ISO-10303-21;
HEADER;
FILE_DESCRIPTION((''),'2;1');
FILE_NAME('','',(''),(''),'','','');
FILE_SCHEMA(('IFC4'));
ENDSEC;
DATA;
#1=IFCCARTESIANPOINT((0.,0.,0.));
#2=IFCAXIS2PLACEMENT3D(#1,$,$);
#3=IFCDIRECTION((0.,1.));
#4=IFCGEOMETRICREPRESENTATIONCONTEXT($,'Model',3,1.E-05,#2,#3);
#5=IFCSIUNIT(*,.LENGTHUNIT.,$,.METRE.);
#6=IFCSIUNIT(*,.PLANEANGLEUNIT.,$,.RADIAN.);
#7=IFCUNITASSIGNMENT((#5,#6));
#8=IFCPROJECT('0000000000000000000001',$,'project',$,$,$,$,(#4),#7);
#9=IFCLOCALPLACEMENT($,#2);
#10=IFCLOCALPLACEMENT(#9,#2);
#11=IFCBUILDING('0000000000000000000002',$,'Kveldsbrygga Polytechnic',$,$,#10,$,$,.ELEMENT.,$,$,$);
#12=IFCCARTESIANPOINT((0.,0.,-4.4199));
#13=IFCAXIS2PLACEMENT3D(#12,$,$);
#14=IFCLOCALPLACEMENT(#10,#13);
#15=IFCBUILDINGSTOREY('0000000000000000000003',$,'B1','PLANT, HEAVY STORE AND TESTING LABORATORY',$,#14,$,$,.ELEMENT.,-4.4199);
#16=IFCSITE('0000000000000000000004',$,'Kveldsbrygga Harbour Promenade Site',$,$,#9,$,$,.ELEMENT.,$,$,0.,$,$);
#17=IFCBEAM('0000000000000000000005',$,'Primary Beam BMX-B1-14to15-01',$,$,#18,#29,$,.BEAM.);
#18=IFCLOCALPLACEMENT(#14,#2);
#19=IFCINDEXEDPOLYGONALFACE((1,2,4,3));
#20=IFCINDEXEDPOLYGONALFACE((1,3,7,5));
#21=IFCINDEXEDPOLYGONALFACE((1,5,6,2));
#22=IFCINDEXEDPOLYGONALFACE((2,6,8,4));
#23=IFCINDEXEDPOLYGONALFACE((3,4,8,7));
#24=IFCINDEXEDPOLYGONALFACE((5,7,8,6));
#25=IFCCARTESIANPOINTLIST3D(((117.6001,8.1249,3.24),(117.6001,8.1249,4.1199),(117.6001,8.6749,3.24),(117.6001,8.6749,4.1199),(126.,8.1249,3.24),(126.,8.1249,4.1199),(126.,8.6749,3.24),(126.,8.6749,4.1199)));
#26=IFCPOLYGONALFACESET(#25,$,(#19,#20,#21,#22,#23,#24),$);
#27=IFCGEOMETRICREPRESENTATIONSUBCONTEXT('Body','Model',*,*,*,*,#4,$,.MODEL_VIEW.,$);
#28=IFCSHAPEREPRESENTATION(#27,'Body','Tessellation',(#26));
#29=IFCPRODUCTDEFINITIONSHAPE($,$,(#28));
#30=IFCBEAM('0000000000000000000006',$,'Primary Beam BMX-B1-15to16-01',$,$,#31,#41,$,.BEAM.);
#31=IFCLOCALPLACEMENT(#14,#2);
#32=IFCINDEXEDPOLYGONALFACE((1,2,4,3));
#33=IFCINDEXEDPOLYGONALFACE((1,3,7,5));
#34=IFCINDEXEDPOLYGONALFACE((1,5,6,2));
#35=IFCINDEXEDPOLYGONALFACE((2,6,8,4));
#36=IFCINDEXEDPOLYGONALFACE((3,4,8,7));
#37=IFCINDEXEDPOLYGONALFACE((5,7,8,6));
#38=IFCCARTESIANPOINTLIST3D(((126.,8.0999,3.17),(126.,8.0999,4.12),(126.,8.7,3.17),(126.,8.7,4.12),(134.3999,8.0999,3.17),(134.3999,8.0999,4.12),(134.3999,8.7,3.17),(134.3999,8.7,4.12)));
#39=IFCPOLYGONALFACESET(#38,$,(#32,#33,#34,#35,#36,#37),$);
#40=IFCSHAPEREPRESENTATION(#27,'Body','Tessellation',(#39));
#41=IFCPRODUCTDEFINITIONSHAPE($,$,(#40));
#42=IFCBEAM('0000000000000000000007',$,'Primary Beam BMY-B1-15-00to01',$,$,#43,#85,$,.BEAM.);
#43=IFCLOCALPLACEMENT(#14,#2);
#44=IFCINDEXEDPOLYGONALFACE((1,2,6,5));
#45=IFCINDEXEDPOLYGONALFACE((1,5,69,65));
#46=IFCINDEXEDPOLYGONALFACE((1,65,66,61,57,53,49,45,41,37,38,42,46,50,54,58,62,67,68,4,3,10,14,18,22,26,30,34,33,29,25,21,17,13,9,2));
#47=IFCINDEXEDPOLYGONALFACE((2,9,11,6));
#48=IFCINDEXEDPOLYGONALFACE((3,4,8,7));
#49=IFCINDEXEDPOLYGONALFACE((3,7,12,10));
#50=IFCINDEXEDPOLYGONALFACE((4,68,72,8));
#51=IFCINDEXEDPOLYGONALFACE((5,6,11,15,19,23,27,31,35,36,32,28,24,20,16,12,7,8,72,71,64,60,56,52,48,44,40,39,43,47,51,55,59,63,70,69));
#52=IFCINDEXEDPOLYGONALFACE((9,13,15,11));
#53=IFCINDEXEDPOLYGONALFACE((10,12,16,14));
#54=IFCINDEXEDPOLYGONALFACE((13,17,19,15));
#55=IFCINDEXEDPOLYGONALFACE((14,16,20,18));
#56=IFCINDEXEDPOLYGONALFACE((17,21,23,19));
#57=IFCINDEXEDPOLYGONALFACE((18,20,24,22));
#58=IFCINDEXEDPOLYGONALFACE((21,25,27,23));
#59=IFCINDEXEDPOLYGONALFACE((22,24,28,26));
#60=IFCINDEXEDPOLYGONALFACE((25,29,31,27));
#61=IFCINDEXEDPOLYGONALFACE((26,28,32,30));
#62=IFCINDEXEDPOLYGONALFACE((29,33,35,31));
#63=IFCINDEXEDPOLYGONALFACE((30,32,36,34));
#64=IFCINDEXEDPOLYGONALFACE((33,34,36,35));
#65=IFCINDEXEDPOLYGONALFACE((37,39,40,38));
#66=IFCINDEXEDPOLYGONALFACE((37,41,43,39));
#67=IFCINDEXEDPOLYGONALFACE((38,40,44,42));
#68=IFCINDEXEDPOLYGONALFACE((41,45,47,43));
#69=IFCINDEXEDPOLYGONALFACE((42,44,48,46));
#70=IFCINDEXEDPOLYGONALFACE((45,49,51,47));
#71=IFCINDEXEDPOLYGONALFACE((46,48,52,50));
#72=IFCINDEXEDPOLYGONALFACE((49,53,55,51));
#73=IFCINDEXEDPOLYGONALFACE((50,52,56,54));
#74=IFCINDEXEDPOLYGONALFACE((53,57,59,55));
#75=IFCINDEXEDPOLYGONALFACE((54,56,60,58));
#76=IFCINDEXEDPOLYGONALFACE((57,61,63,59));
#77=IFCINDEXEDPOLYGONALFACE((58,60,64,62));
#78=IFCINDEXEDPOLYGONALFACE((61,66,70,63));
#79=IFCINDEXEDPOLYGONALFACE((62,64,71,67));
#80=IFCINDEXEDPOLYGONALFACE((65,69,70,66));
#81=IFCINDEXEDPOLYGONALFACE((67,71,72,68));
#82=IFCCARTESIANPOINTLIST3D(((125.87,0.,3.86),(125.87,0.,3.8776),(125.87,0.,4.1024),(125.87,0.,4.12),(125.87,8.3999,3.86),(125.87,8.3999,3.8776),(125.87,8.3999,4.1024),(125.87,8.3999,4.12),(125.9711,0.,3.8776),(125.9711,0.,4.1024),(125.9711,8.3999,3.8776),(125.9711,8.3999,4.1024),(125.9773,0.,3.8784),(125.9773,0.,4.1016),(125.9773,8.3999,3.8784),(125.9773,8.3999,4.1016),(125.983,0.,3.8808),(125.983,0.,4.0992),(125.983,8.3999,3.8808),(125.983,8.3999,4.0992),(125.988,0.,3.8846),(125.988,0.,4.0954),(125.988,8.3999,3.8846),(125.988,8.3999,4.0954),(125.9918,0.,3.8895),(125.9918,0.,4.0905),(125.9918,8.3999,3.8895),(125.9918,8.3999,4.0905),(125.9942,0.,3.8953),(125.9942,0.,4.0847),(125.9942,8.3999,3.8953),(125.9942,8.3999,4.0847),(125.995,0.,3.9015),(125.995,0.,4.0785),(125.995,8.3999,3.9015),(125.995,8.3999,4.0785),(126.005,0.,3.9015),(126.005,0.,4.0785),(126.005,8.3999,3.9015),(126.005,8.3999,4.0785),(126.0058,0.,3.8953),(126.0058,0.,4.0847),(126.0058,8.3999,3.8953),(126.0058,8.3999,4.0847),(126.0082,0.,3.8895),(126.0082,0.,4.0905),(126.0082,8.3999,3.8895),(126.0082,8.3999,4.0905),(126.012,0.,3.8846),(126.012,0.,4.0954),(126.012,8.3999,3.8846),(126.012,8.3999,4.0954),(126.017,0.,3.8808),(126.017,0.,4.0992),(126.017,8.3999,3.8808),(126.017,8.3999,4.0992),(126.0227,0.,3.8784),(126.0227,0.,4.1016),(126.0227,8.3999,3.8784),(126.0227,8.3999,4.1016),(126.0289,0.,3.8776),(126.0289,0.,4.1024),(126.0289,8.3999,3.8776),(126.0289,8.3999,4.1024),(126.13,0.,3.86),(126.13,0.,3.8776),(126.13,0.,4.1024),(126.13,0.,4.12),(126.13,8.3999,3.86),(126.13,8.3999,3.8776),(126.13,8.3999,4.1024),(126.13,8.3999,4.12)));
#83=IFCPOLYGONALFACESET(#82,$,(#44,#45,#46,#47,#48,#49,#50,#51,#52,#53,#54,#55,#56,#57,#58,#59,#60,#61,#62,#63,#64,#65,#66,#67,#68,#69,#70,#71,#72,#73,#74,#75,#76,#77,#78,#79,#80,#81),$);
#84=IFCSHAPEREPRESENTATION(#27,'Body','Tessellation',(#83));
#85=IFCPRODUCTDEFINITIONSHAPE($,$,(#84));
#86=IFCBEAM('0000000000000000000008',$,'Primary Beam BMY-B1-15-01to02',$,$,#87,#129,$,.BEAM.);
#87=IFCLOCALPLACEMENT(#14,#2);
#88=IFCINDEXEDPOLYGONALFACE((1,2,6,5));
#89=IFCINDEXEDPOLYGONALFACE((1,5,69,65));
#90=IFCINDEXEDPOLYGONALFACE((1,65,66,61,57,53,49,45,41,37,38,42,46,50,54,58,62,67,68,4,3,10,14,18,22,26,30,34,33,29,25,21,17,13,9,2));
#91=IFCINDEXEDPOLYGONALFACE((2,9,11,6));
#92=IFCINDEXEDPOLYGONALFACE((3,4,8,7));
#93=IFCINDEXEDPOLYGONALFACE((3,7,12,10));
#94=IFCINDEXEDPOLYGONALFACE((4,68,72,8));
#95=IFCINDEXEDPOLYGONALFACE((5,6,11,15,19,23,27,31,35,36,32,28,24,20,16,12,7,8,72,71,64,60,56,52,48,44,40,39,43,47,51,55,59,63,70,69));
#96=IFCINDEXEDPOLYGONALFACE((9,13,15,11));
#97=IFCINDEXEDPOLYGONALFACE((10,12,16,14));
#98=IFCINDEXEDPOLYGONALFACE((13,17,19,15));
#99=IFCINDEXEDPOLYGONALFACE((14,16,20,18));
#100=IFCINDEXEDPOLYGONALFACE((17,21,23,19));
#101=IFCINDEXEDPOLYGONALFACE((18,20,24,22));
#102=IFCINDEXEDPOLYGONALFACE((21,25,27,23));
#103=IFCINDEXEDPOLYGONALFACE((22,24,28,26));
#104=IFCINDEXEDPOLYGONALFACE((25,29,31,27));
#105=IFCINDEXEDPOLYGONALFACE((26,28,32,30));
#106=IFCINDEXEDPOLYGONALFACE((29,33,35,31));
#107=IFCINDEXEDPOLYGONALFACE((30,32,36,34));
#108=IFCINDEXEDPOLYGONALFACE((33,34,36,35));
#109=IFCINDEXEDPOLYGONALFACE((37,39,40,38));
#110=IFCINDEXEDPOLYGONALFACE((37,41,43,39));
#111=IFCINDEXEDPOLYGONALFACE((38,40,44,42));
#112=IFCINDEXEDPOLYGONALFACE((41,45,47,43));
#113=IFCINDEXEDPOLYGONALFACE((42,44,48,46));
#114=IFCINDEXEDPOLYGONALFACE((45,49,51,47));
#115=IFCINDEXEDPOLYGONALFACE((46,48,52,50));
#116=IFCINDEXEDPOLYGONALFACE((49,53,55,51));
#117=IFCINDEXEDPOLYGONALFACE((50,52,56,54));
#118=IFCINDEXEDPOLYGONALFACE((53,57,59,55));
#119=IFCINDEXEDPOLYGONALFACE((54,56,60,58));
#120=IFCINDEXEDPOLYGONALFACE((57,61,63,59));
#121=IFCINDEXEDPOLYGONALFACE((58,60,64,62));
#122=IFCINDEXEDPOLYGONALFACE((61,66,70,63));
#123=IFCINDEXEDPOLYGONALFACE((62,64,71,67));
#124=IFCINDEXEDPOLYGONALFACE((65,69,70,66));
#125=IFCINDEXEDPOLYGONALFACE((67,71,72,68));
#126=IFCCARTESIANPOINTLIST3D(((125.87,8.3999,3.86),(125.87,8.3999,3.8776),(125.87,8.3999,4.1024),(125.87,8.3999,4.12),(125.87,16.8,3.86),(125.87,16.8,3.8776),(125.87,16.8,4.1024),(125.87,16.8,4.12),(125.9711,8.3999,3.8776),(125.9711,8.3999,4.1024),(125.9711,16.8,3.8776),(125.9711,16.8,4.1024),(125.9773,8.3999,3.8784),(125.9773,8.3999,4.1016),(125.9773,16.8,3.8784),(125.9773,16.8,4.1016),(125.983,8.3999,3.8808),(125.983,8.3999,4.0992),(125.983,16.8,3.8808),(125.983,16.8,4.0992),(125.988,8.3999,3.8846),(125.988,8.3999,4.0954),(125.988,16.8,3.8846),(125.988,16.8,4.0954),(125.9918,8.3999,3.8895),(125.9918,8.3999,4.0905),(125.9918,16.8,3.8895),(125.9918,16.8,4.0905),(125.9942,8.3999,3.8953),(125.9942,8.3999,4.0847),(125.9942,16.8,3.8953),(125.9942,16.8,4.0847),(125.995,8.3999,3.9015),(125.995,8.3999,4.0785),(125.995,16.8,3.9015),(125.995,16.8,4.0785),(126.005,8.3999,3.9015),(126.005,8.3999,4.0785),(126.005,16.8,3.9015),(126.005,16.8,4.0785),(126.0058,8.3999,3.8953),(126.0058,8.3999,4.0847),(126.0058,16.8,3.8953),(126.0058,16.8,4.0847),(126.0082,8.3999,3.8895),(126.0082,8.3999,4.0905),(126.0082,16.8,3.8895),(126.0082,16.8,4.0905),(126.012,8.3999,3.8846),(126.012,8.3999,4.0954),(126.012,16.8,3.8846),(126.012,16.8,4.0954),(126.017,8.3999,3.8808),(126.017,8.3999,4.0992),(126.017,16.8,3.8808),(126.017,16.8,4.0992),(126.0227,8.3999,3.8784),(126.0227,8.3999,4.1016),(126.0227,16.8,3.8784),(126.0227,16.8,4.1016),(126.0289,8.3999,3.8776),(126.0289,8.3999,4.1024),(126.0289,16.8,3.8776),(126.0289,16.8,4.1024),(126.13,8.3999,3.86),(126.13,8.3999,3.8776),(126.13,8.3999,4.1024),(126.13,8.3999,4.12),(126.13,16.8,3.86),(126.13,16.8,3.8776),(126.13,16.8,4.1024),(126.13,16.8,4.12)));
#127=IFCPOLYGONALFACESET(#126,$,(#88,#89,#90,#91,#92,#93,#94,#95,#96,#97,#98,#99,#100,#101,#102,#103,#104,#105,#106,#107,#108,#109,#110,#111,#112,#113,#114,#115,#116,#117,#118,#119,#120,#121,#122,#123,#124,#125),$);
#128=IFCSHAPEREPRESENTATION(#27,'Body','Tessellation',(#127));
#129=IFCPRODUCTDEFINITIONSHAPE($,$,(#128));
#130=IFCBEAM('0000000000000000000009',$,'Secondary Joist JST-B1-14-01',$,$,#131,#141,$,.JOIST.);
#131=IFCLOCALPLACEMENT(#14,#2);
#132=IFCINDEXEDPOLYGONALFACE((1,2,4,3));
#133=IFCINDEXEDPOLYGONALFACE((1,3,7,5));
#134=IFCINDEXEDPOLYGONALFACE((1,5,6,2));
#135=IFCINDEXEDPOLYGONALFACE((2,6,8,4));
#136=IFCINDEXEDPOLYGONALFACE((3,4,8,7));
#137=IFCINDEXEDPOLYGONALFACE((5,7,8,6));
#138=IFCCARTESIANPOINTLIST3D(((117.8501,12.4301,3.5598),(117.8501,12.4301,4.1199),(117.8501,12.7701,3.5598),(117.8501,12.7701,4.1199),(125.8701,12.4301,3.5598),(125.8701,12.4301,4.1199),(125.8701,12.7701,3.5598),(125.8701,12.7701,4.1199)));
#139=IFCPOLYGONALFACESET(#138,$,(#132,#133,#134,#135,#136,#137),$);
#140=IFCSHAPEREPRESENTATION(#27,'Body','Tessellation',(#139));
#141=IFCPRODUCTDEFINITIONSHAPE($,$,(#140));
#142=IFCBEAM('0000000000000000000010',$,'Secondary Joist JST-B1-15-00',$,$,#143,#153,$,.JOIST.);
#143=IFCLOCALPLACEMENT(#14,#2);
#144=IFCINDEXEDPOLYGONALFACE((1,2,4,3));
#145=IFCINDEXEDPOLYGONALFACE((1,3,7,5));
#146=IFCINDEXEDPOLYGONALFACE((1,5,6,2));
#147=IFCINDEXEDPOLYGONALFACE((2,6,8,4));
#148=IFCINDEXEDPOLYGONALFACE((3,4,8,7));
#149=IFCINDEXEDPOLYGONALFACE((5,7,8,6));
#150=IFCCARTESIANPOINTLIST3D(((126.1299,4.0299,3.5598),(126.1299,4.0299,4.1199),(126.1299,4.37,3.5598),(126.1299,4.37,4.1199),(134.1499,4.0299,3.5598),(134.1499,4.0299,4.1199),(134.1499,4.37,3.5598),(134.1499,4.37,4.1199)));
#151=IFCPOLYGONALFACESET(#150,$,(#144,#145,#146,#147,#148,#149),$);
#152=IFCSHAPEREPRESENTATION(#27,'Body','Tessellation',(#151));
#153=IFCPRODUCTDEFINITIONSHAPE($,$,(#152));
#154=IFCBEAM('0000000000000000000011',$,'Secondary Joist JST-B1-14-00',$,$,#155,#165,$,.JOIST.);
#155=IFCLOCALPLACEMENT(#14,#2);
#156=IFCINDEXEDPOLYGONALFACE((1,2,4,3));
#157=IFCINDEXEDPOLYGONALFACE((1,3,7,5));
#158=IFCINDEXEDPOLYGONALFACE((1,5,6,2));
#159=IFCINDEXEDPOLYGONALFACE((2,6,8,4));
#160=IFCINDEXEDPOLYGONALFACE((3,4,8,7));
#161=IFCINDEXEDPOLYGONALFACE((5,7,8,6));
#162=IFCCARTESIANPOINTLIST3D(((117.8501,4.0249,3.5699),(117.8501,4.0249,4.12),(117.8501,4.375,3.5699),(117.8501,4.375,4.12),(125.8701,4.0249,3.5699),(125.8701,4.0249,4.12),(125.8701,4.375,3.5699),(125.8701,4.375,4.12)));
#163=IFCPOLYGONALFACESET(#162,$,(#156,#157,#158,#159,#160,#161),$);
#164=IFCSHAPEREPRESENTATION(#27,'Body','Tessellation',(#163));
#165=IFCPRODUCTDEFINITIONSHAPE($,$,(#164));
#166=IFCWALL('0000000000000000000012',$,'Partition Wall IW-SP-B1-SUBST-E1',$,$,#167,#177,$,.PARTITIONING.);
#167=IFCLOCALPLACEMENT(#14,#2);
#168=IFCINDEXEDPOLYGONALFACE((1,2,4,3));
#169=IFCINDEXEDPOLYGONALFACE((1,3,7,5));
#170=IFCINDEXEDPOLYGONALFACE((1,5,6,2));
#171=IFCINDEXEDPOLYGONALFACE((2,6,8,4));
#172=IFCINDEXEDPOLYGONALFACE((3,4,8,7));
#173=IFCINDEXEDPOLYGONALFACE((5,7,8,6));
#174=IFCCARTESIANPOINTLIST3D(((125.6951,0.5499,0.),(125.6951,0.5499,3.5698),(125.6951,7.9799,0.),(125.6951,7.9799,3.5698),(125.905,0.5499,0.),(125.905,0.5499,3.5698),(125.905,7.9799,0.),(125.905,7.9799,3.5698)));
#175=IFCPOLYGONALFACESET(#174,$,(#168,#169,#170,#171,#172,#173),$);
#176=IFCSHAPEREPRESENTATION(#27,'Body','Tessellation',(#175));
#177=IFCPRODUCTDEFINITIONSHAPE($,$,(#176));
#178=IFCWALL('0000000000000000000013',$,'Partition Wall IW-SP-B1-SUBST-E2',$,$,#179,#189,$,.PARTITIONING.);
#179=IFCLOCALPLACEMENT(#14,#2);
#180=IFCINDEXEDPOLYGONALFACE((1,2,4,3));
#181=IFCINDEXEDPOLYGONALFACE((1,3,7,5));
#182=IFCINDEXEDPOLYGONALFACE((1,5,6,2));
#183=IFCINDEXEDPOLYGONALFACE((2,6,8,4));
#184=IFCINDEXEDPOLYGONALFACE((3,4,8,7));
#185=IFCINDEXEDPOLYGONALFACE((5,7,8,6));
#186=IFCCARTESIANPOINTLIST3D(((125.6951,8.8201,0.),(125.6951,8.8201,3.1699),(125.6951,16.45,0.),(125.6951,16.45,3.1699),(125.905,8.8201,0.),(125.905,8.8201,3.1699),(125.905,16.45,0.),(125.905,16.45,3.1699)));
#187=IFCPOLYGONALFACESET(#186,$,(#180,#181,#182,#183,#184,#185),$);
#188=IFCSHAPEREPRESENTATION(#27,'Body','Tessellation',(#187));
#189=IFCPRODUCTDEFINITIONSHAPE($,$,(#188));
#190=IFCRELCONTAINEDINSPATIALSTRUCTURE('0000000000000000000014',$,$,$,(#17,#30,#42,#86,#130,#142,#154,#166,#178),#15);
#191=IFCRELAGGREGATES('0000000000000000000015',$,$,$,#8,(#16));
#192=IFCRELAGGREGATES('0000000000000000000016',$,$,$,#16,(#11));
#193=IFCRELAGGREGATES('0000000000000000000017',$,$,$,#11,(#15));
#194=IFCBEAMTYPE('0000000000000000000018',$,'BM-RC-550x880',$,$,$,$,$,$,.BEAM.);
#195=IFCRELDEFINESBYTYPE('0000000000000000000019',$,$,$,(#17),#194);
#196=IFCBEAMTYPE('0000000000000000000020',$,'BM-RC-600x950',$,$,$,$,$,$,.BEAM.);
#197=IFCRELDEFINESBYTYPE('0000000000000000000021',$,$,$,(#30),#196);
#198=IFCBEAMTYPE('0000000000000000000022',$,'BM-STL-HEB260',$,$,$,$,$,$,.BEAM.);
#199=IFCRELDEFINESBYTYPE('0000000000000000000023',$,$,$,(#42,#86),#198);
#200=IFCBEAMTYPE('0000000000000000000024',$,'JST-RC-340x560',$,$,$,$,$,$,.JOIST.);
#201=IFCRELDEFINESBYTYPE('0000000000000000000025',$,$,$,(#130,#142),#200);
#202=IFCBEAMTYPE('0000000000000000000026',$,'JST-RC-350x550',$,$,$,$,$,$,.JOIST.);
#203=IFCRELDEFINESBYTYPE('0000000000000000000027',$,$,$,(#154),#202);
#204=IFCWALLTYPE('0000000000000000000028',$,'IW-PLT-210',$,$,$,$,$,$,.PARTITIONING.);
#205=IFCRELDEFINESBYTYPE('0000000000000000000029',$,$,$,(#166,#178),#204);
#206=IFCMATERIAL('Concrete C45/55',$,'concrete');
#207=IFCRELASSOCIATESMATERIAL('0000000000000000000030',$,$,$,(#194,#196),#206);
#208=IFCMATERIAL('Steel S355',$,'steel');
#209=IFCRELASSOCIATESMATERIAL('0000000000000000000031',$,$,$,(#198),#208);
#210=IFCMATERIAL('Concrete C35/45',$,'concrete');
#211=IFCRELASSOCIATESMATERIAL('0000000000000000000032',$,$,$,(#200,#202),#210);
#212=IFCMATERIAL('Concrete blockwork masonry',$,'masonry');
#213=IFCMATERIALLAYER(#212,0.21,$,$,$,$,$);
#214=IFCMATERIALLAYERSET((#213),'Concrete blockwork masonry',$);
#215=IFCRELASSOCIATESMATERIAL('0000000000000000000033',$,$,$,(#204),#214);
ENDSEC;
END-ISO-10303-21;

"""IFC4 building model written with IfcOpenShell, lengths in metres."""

from ifc_helpers import new_model, si_unit, direction, frame, frame_2d, origin, origin_2d, place, context, subcontext, project, spatial, rectangle, i_section, extrude, material, layer, layer_set, material_profile, profile_set, type_object, element, save


model = new_model("IFC4")

# Units and contexts
model_context = context("Model", 3, precision=1e-05, world=origin(), true_north=direction((0.0, 1.0)))
body_context = subcontext(model_context, "Body", "Model", "MODEL_VIEW")
ifc_project = project(units=[si_unit("LENGTHUNIT", "METRE"), si_unit("PLANEANGLEUNIT", "RADIAN")], contexts=[model_context])

# Site, building, storey
site_placement = place(None, origin())
site = spatial("IfcSite", under=ifc_project, at=site_placement, Name="Kveldsbrygga Harbour Promenade Site", CompositionType="ELEMENT", RefElevation=0.0)
building_placement = place(site_placement, origin())
building = spatial("IfcBuilding", under=site, at=building_placement, Name="Kveldsbrygga Polytechnic", CompositionType="ELEMENT")
storey_placement = place(building_placement, frame((0.0, 0.0, -4.4199)))
storey = spatial("IfcBuildingStorey", under=building, at=storey_placement, Name="B1", Description="PLANT, HEAVY STORE AND TESTING LABORATORY", CompositionType="ELEMENT", Elevation=-4.4199)

# Shared definitions
ifc_material_1 = material(Name="Concrete C45/55", Category="concrete")

# Beams
ifc_material_2 = material(Name="Concrete C35/45", Category="concrete")
ifc_material_profile_1 = material_profile(ifc_material_1, rectangle(XDim=0.55, YDim=0.8799, at=origin_2d()), Name="RC 550x880")
ifc_profile_set_1 = profile_set([ifc_material_profile_1], Name="Concrete C45/55")
beam_type_1 = type_object("IfcBeamType", Name="BM-RC-550x880", PredefinedType="BEAM", material=ifc_profile_set_1)
beam_1_placement = place(storey_placement, frame((117.6001, 8.3999, 3.6799), z_axis=(1.0, 0.0, 0.0), x_axis=(0.0, 1.0, 0.0)))
element("IfcBeam", 1, at=beam_1_placement, inside=storey, type_object=beam_type_1, Name="Primary Beam BMX-B1-14to15-01", PredefinedType="BEAM", context=body_context, shape_type="SweptSolid", body=[
    extrude(rectangle(XDim=0.55, YDim=0.8799, at=origin_2d()), origin(), (0.0, 0.0, 1.0), 8.3999),
])
ifc_material_profile_2 = material_profile(ifc_material_1, rectangle(XDim=0.6001, YDim=0.95, at=origin_2d()), Name="RC 600x950")
ifc_profile_set_2 = profile_set([ifc_material_profile_2], Name="Concrete C45/55")
beam_type_2 = type_object("IfcBeamType", Name="BM-RC-600x950", PredefinedType="BEAM", material=ifc_profile_set_2)
beam_2_placement = place(storey_placement, frame((126.0, 8.3999, 3.645), z_axis=(1.0, 0.0, 0.0), x_axis=(0.0, 1.0, 0.0)))
element("IfcBeam", 2, at=beam_2_placement, inside=storey, type_object=beam_type_2, Name="Primary Beam BMX-B1-15to16-01", PredefinedType="BEAM", context=body_context, shape_type="SweptSolid", body=[
    extrude(rectangle(XDim=0.6001, YDim=0.95, at=origin_2d()), origin(), (0.0, 0.0, 1.0), 8.3999),
])
ifc_material_3 = material(Name="Steel S355", Category="steel")
ifc_material_profile_3 = material_profile(ifc_material_3, i_section(OverallWidth=0.26, OverallDepth=0.26, WebThickness=0.01, FlangeThickness=0.0176, FilletRadius=0.0239, at=origin_2d()), Name="HEB 260")
ifc_profile_set_3 = profile_set([ifc_material_profile_3], Name="Steel S355")
beam_type_3 = type_object("IfcBeamType", Name="BM-STL-HEB260", PredefinedType="BEAM", material=ifc_profile_set_3)
beam_3_placement = place(storey_placement, frame((126.0, 0.0, 3.99), z_axis=(0.0, 1.0, 0.0), x_axis=(-1.0, 0.0, 0.0)))
element("IfcBeam", 3, at=beam_3_placement, inside=storey, type_object=beam_type_3, Name="Primary Beam BMY-B1-15-00to01", PredefinedType="BEAM", context=body_context, shape_type="SweptSolid", body=[
    extrude(i_section(OverallWidth=0.26, OverallDepth=0.26, WebThickness=0.01, FlangeThickness=0.0176, FilletRadius=0.0239, at=origin_2d()), origin(), (0.0, 0.0, 1.0), 8.3999),
])
beam_4_placement = place(storey_placement, frame((126.0, 8.3999, 3.99), z_axis=(0.0, 1.0, 0.0), x_axis=(-1.0, 0.0, 0.0)))
element("IfcBeam", 4, at=beam_4_placement, inside=storey, type_object=beam_type_3, Name="Primary Beam BMY-B1-15-01to02", PredefinedType="BEAM", context=body_context, shape_type="SweptSolid", body=[
    extrude(i_section(OverallWidth=0.26, OverallDepth=0.26, WebThickness=0.01, FlangeThickness=0.0176, FilletRadius=0.0239, at=origin_2d()), origin(), (0.0, 0.0, 1.0), 8.4001),
])
ifc_material_profile_4 = material_profile(ifc_material_2, rectangle(XDim=0.3401, YDim=0.5601, at=origin_2d()), Name="RC 340x560")
ifc_profile_set_4 = profile_set([ifc_material_profile_4], Name="Concrete C35/45")
beam_type_4 = type_object("IfcBeamType", Name="JST-RC-340x560", PredefinedType="JOIST", material=ifc_profile_set_4)
for number, where, z_axis, x_axis, name in (
    (5, (117.8501, 12.6001, 3.8398), (1.0, 0.0, 0.0), (0.0, 1.0, 0.0), "Secondary Joist JST-B1-14-01"),
    (6, (126.1299, 4.2, 3.8398), (1.0, 0.0, 0.0), (0.0, 1.0, 0.0), "Secondary Joist JST-B1-15-00"),
):
    element("IfcBeam", number, at=place(storey_placement, frame(where, z_axis=z_axis, x_axis=x_axis)), inside=storey, type_object=beam_type_4, Name=name, PredefinedType="JOIST", context=body_context, shape_type="SweptSolid", body=[
        extrude(rectangle(XDim=0.3401, YDim=0.5601, at=origin_2d()), origin(), (0.0, 0.0, 1.0), 8.02),
    ])
ifc_material_profile_5 = material_profile(ifc_material_2, rectangle(XDim=0.3501, YDim=0.55, at=origin_2d()), Name="RC 350x550")
ifc_profile_set_5 = profile_set([ifc_material_profile_5], Name="Concrete C35/45")
beam_type_5 = type_object("IfcBeamType", Name="JST-RC-350x550", PredefinedType="JOIST", material=ifc_profile_set_5)
beam_5_placement = place(storey_placement, frame((117.8501, 4.2, 3.845), z_axis=(1.0, 0.0, 0.0), x_axis=(0.0, 1.0, 0.0)))
element("IfcBeam", 7, at=beam_5_placement, inside=storey, type_object=beam_type_5, Name="Secondary Joist JST-B1-14-00", PredefinedType="JOIST", context=body_context, shape_type="SweptSolid", body=[
    extrude(rectangle(XDim=0.3501, YDim=0.55, at=origin_2d()), origin(), (0.0, 0.0, 1.0), 8.02),
])

# Walls
ifc_material_4 = material(Name="Concrete blockwork masonry", Category="masonry")
ifc_layer_1 = layer(ifc_material_4, 0.21)
ifc_layer_set_1 = layer_set([ifc_layer_1], Name="Concrete blockwork masonry")
wall_type_1 = type_object("IfcWallType", Name="IW-PLT-210", PredefinedType="PARTITIONING", material=ifc_layer_set_1)
wall_1_placement = place(storey_placement, frame((125.8, 0.55, 0.0), z_axis=(0.0, 0.0, 1.0), x_axis=(0.0, 1.0, 0.0)))
element("IfcWall", 8, at=wall_1_placement, inside=storey, type_object=wall_type_1, Name="Partition Wall IW-SP-B1-SUBST-E1", PredefinedType="PARTITIONING", context=body_context, shape_type="SweptSolid", body=[
    extrude(rectangle(XDim=7.4299, YDim=0.21, at=frame_2d((3.7148, 0.0))), origin(), (0.0, 0.0, 1.0), 3.5698),
])
wall_2_placement = place(storey_placement, frame((125.8, 8.8201, 0.0), z_axis=(0.0, 0.0, 1.0), x_axis=(0.0, 1.0, 0.0)))
element("IfcWall", 9, at=wall_2_placement, inside=storey, type_object=wall_type_1, Name="Partition Wall IW-SP-B1-SUBST-E2", PredefinedType="PARTITIONING", context=body_context, shape_type="SweptSolid", body=[
    extrude(rectangle(XDim=7.6299, YDim=0.21, at=frame_2d((3.8149, 0.0))), origin(), (0.0, 0.0, 1.0), 3.1699),
])

save(model, "model.ifc")
